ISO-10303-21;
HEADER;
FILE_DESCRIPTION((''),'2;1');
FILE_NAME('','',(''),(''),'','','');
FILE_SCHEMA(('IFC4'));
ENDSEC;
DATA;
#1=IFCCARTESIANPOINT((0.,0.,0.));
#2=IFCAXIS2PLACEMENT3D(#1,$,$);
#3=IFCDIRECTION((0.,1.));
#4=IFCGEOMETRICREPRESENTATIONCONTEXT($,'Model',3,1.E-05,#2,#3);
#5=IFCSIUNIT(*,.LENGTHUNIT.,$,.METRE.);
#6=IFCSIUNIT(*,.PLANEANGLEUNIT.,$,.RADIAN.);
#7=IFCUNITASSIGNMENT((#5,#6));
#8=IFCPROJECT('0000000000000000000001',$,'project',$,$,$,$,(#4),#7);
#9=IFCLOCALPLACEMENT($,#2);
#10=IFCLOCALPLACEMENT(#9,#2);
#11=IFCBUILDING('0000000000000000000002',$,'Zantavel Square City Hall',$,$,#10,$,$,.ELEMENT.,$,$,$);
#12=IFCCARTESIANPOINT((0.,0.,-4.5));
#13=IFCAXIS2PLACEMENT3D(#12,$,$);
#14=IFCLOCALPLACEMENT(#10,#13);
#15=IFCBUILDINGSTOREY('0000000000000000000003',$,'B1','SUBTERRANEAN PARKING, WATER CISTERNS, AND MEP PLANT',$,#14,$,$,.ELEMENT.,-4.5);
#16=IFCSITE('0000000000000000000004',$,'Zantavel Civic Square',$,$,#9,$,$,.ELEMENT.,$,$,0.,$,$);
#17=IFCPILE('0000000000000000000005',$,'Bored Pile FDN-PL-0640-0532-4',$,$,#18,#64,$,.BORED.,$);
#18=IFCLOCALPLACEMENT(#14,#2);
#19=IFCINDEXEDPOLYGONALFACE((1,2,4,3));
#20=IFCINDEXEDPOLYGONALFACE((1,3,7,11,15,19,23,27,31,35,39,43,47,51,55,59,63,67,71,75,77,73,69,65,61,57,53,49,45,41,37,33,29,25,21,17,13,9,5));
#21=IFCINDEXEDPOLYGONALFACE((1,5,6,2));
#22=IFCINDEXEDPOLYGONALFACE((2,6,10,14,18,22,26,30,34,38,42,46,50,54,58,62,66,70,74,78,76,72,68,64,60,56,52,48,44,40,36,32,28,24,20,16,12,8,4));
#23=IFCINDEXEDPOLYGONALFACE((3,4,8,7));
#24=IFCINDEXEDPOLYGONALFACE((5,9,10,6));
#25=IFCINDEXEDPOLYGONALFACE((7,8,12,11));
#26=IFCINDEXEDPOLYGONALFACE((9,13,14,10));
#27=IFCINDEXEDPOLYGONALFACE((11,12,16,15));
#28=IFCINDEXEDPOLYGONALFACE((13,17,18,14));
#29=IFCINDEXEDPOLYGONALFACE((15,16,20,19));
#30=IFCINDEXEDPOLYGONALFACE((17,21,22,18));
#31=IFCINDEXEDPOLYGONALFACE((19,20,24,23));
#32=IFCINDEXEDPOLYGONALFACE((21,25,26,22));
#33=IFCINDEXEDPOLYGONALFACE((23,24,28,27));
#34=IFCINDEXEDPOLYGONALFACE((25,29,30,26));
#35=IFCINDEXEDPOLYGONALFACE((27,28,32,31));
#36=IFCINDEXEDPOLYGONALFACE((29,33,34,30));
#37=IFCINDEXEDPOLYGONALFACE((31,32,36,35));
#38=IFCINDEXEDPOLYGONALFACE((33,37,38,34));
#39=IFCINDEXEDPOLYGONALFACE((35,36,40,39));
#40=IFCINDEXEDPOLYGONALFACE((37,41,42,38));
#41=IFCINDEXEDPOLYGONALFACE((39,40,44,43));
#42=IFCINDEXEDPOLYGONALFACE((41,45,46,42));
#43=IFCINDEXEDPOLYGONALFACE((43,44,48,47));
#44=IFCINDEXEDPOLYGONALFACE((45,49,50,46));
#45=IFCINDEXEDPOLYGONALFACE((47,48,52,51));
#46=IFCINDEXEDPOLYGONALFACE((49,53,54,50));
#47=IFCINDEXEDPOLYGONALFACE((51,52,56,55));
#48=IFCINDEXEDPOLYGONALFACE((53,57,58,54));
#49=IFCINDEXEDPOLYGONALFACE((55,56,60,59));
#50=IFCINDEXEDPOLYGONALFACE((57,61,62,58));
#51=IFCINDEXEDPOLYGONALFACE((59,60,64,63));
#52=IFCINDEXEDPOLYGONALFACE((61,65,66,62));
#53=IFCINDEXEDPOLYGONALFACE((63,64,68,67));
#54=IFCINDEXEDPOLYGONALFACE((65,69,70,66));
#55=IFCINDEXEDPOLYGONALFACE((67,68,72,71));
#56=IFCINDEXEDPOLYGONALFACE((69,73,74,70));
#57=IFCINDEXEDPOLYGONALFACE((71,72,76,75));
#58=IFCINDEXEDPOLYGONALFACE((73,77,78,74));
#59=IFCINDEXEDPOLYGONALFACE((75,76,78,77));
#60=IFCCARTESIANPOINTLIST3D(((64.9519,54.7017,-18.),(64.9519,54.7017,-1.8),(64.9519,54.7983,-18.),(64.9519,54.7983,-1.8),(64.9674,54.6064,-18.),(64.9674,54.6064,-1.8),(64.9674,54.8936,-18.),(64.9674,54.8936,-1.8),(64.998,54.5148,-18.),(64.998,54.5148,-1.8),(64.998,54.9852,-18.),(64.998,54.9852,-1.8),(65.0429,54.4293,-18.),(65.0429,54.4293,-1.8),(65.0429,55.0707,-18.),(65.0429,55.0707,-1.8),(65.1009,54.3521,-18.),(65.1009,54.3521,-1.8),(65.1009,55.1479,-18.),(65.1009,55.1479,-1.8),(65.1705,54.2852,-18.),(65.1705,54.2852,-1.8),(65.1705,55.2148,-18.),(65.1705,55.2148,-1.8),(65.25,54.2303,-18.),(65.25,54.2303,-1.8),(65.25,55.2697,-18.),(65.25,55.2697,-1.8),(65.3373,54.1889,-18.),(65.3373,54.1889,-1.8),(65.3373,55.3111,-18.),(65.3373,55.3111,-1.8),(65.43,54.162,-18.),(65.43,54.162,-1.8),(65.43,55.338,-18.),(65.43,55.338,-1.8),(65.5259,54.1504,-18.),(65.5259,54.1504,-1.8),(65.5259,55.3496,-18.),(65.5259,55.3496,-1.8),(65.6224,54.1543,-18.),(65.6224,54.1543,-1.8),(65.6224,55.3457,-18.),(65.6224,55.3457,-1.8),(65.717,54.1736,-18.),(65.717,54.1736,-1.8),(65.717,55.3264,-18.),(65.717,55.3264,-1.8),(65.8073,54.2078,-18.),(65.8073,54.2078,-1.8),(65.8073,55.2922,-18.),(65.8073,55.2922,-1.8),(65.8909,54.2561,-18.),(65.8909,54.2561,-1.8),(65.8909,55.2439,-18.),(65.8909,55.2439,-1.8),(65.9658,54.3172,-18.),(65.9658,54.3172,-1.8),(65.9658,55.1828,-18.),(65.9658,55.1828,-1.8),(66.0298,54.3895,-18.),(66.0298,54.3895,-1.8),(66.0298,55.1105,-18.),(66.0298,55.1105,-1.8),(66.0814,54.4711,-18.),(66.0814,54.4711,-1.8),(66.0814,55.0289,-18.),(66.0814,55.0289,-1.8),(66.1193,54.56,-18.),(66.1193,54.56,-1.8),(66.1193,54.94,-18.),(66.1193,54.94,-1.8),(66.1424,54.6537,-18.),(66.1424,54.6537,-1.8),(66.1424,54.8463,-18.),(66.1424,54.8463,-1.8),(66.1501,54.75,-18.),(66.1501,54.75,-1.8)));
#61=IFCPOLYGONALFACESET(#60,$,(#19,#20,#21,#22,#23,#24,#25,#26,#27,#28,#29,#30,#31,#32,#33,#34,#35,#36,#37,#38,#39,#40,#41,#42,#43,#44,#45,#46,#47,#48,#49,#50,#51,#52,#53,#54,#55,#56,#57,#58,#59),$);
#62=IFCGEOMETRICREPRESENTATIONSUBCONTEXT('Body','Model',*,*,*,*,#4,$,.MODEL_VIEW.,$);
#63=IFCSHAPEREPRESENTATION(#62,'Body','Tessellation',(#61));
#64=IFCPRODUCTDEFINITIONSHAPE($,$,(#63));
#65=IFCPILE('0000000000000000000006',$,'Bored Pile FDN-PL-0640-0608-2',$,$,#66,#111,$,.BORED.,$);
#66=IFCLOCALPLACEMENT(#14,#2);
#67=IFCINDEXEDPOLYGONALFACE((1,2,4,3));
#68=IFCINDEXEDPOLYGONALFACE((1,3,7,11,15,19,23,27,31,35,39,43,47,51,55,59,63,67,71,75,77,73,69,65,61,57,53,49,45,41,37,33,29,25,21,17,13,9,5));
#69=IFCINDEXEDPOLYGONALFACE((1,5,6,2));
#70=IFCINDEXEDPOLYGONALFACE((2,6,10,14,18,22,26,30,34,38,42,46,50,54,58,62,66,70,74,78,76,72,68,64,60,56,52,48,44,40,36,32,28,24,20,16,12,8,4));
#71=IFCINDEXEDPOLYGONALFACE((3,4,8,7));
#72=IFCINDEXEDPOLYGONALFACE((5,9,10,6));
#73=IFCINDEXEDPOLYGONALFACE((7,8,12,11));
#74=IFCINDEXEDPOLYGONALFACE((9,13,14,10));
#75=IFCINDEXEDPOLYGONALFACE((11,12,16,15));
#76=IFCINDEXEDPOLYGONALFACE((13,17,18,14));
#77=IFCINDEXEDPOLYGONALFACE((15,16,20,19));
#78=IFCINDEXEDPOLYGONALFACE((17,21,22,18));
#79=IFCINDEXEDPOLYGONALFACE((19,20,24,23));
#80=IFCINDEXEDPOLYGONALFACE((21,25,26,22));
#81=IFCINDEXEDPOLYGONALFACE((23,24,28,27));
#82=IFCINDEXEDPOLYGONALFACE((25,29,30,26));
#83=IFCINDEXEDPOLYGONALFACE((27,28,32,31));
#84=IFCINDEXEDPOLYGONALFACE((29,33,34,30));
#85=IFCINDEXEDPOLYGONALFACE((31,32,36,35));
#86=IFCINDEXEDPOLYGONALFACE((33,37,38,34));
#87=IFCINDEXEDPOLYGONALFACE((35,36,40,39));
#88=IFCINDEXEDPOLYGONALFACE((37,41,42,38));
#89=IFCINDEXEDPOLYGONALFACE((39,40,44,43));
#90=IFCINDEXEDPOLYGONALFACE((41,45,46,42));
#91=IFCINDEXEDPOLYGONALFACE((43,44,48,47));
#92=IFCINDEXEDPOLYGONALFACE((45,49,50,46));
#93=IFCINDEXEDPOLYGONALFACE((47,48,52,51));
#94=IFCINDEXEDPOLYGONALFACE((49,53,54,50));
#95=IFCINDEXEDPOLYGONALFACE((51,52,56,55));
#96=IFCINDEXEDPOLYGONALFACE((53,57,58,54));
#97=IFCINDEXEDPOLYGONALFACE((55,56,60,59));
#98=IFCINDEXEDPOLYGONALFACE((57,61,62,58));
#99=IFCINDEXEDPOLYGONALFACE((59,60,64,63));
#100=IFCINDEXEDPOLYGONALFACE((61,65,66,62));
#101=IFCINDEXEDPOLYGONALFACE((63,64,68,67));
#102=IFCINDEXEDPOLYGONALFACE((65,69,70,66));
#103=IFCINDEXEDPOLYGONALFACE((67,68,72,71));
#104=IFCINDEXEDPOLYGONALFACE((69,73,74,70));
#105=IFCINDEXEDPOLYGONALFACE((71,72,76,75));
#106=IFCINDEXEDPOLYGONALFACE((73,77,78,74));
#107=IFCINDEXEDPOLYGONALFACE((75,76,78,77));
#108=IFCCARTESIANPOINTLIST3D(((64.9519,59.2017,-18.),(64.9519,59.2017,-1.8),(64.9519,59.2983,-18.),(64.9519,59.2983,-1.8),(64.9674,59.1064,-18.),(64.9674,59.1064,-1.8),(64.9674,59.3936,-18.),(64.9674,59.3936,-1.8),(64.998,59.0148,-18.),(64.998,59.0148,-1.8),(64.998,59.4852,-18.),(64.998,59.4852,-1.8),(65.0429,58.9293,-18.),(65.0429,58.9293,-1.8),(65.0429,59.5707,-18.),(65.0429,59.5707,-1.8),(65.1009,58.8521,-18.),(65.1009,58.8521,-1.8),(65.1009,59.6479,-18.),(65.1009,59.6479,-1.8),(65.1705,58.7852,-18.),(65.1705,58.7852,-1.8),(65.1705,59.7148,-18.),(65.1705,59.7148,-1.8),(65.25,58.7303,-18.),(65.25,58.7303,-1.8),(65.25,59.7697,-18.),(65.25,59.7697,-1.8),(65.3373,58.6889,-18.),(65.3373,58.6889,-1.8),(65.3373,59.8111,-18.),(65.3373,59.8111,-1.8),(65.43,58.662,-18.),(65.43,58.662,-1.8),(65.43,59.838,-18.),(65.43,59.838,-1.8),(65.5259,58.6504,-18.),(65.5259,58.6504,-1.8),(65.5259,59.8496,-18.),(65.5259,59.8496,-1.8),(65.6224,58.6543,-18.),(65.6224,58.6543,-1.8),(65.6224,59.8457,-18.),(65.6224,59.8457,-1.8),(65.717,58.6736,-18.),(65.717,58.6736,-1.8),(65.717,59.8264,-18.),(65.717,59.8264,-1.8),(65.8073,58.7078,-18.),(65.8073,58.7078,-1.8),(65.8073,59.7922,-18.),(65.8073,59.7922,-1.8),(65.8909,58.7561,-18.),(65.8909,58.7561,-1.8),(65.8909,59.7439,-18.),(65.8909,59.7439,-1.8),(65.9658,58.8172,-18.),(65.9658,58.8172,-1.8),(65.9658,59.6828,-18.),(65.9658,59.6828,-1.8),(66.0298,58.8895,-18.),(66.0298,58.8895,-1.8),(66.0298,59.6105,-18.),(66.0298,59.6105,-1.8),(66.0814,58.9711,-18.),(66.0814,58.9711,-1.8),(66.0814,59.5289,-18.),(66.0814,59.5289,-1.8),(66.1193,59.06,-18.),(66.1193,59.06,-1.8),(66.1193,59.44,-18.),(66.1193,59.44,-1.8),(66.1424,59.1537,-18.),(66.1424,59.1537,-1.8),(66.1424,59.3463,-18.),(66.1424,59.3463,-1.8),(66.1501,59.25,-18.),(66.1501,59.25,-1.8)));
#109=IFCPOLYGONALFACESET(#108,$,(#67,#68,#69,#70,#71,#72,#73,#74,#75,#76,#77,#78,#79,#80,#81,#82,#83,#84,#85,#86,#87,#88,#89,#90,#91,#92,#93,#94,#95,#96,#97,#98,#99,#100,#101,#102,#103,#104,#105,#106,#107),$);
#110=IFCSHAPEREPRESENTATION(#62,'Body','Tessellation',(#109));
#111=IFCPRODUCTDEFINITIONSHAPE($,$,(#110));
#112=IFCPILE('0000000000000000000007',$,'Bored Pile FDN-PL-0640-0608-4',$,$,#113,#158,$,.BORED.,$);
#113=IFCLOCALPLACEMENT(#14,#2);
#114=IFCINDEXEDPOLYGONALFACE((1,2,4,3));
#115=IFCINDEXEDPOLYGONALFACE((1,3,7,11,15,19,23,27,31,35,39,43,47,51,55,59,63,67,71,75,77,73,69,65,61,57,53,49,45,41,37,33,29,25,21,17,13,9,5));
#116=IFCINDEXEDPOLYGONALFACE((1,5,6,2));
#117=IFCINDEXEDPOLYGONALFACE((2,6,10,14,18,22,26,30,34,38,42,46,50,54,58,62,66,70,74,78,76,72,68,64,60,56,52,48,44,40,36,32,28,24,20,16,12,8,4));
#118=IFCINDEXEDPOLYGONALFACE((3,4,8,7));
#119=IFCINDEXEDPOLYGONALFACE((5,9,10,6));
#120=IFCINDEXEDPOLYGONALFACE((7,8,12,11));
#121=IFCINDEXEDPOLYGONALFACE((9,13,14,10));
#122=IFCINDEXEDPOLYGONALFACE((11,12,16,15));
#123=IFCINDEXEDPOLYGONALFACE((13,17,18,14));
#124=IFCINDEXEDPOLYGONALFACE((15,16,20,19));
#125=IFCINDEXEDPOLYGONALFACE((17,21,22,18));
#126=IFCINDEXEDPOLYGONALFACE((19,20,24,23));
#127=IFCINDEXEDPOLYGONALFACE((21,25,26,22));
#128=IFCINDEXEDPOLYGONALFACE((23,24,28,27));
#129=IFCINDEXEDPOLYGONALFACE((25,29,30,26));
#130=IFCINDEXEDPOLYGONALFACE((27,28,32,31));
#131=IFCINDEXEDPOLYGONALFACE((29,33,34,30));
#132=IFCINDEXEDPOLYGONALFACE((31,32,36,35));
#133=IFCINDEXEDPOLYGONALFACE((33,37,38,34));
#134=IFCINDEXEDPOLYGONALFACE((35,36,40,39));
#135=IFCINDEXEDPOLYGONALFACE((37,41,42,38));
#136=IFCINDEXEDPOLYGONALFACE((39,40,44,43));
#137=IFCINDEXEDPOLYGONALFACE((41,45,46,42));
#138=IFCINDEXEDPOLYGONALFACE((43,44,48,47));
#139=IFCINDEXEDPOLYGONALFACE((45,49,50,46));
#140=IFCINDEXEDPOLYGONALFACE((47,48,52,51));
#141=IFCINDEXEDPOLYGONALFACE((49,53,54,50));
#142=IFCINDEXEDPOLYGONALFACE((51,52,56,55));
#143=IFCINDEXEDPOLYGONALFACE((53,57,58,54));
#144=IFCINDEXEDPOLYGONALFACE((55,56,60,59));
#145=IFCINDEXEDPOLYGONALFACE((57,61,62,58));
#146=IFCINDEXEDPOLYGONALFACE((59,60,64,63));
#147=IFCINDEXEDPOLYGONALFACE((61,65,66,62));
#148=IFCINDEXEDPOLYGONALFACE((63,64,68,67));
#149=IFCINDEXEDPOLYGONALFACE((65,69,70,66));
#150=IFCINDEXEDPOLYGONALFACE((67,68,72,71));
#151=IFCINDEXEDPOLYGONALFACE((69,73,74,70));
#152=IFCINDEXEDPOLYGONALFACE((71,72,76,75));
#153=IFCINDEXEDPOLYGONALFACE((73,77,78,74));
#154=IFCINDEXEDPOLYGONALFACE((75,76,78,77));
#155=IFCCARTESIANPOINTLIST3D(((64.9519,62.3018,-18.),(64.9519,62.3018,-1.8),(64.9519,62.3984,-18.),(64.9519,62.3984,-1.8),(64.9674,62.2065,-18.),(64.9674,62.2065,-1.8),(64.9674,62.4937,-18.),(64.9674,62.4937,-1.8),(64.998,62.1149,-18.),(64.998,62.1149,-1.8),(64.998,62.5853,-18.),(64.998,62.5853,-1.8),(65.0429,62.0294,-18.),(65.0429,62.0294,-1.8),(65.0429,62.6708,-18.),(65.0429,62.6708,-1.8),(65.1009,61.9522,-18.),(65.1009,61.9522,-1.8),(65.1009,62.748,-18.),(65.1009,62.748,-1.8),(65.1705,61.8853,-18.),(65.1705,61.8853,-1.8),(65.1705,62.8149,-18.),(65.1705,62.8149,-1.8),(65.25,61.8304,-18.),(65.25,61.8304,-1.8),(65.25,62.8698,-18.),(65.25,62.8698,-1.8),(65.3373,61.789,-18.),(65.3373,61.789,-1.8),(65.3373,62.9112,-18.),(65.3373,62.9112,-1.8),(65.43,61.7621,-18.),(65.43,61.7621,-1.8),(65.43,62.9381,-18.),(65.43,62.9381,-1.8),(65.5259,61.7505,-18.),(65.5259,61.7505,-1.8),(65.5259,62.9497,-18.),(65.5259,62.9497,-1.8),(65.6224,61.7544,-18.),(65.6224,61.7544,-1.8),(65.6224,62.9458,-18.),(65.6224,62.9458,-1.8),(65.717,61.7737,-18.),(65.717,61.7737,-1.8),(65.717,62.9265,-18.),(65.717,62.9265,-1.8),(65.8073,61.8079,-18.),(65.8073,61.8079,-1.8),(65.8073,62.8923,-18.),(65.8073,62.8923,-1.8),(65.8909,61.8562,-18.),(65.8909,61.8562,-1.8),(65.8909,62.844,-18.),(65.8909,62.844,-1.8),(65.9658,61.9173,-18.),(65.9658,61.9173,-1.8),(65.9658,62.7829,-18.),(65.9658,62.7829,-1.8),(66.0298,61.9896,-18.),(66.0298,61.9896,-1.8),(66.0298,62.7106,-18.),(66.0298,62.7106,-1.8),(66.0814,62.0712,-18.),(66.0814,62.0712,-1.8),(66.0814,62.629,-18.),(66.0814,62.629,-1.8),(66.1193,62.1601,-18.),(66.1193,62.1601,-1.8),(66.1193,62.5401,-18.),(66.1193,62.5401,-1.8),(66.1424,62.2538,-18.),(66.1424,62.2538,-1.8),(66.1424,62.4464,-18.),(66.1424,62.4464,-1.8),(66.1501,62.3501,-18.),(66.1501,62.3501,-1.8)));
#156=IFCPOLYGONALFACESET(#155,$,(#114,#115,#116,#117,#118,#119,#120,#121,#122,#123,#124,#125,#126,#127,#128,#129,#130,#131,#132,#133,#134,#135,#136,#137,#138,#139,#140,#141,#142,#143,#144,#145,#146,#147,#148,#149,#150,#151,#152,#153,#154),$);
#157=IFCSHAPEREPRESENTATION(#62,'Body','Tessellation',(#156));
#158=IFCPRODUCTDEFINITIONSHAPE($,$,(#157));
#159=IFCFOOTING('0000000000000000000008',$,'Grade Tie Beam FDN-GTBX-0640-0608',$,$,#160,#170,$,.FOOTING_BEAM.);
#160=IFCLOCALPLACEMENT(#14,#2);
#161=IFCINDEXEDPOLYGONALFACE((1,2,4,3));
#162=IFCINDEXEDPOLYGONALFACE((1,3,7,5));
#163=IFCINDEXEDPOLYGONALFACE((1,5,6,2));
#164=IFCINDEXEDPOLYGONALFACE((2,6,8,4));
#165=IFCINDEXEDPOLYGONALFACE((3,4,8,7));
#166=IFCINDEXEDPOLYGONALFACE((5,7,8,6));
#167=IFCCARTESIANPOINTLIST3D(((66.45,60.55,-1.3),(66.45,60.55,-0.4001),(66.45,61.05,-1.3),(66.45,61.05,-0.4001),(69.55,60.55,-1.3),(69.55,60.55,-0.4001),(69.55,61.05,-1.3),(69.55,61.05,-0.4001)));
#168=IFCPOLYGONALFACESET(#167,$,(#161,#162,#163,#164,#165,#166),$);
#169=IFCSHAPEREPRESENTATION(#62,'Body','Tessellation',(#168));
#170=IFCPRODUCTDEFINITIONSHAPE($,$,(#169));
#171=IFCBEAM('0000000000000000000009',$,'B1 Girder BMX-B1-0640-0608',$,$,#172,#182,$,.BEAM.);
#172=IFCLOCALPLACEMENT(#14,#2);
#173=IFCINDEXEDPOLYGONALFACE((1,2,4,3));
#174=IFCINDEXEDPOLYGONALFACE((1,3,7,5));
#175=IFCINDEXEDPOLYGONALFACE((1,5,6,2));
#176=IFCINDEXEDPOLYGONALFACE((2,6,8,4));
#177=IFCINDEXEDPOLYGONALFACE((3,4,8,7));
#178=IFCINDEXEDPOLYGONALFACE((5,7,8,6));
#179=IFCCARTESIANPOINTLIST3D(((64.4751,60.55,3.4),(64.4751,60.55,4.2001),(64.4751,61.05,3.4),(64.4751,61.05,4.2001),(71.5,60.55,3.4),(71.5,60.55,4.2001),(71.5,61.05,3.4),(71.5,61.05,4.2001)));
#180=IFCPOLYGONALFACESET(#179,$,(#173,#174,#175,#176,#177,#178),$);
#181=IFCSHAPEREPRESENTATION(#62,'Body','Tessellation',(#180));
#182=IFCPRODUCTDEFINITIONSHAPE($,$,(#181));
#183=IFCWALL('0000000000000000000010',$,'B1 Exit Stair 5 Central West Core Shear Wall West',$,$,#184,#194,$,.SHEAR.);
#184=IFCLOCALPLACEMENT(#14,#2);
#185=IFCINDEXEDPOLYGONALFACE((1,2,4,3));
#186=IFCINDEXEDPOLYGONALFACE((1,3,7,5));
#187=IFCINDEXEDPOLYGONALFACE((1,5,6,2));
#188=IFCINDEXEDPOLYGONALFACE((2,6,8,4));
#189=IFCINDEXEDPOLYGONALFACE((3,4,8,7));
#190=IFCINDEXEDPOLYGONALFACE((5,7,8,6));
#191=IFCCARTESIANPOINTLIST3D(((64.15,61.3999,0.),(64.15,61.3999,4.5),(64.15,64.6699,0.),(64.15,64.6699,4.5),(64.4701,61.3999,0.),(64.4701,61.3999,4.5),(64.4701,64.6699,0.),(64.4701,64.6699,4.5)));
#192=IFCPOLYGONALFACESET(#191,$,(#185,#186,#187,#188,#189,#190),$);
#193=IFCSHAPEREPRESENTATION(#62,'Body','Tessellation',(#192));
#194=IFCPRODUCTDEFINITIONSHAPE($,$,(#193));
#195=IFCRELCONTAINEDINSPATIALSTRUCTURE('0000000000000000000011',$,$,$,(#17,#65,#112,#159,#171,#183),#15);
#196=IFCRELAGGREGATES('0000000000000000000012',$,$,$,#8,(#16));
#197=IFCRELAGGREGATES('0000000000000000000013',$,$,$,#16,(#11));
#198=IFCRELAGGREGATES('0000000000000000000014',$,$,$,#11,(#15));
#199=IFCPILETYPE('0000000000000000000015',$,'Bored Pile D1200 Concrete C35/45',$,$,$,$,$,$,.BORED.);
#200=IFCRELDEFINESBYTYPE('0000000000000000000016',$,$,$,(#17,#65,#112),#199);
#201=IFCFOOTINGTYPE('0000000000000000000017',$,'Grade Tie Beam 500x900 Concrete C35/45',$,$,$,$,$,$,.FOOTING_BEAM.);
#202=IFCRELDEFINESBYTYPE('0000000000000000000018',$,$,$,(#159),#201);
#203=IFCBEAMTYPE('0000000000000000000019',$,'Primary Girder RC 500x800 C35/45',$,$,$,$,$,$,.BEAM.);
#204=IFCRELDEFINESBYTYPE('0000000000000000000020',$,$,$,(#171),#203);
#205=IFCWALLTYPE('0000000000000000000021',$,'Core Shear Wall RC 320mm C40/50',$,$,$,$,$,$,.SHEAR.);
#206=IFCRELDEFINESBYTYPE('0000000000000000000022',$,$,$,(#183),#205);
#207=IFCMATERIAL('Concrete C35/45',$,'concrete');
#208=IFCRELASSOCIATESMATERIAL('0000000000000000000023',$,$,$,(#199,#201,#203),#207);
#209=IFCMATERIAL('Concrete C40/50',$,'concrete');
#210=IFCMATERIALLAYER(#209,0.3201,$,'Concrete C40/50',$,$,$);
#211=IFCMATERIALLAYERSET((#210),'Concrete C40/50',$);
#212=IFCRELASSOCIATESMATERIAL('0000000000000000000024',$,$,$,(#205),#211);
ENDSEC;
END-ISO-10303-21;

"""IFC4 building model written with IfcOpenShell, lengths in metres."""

from ifc_helpers import new_model, si_unit, direction, frame, frame_2d, origin, origin_2d, place, context, subcontext, project, spatial, rectangle, circle, extrude, material, layer, layer_set, material_profile, profile_set, type_object, element, save


model = new_model("IFC4")

# Units and contexts
model_context = context("Model", 3, precision=1e-05, world=origin(), true_north=direction((0.0, 1.0)))
body_context = subcontext(model_context, "Body", "Model", "MODEL_VIEW")
ifc_project = project(units=[si_unit("LENGTHUNIT", "METRE"), si_unit("PLANEANGLEUNIT", "RADIAN")], contexts=[model_context])

# Site, building, storey
site_placement = place(None, origin())
site = spatial("IfcSite", under=ifc_project, at=site_placement, Name="Zantavel Civic Square", CompositionType="ELEMENT", RefElevation=0.0)
building_placement = place(site_placement, origin())
building = spatial("IfcBuilding", under=site, at=building_placement, Name="Zantavel Square City Hall", CompositionType="ELEMENT")
storey_placement = place(building_placement, frame((0.0, 0.0, -4.5)))
storey = spatial("IfcBuildingStorey", under=building, at=storey_placement, Name="B1", Description="SUBTERRANEAN PARKING, WATER CISTERNS, AND MEP PLANT", CompositionType="ELEMENT", Elevation=-4.5)

# Piles
ifc_material_1 = material(Name="Concrete C35/45", Category="concrete")
ifc_material_profile_1 = material_profile(ifc_material_1, circle(Radius=0.6001, at=origin_2d()), Name="PILE D1200")
ifc_profile_set_1 = profile_set([ifc_material_profile_1], Name="Concrete C35/45")
pile_type = type_object("IfcPileType", Name="Bored Pile D1200 Concrete C35/45", PredefinedType="BORED", material=ifc_profile_set_1)
for number, where, z_axis, x_axis, name in (
    (1, (65.55, 54.75, -1.8), (0.0, 0.0, -1.0), (1.0, 0.0, 0.0), "Bored Pile FDN-PL-0640-0532-4"),
    (2, (65.55, 59.25, -1.8), (0.0, 0.0, -1.0), (1.0, 0.0, 0.0), "Bored Pile FDN-PL-0640-0608-2"),
    (3, (65.55, 62.3501, -1.8), (0.0, 0.0, -1.0), (1.0, 0.0, 0.0), "Bored Pile FDN-PL-0640-0608-4"),
):
    element("IfcPile", number, at=place(storey_placement, frame(where, z_axis=z_axis, x_axis=x_axis)), inside=storey, type_object=pile_type, Name=name, PredefinedType="BORED", context=body_context, shape_type="SweptSolid", body=[
        extrude(circle(Radius=0.6001, at=origin_2d()), origin(), (0.0, 0.0, 1.0), 16.2),
    ])

# Footing
ifc_material_profile_2 = material_profile(ifc_material_1, rectangle(XDim=0.5, YDim=0.8999, at=origin_2d()), Name="RC 500x900")
ifc_profile_set_2 = profile_set([ifc_material_profile_2], Name="Concrete C35/45")
footing_type = type_object("IfcFootingType", Name="Grade Tie Beam 500x900 Concrete C35/45", PredefinedType="FOOTING_BEAM", material=ifc_profile_set_2)
footing_placement = place(storey_placement, frame((66.45, 60.8, -0.8501), z_axis=(1.0, 0.0, 0.0), x_axis=(0.0, 1.0, 0.0)))
element("IfcFooting", 4, at=footing_placement, inside=storey, type_object=footing_type, Name="Grade Tie Beam FDN-GTBX-0640-0608", PredefinedType="FOOTING_BEAM", context=body_context, shape_type="SweptSolid", body=[
    extrude(rectangle(XDim=0.5, YDim=0.8999, at=origin_2d()), origin(), (0.0, 0.0, 1.0), 3.1001),
])

# Beam
ifc_material_profile_3 = material_profile(ifc_material_1, rectangle(XDim=0.5, YDim=0.8, at=origin_2d()), Name="RC 500x800")
ifc_profile_set_3 = profile_set([ifc_material_profile_3], Name="Concrete C35/45")
beam_type = type_object("IfcBeamType", Name="Primary Girder RC 500x800 C35/45", PredefinedType="BEAM", material=ifc_profile_set_3)
beam_placement = place(storey_placement, frame((64.4751, 60.8, 3.8), z_axis=(1.0, 0.0, 0.0), x_axis=(0.0, 1.0, 0.0)))
element("IfcBeam", 5, at=beam_placement, inside=storey, type_object=beam_type, Name="B1 Girder BMX-B1-0640-0608", PredefinedType="BEAM", context=body_context, shape_type="SweptSolid", body=[
    extrude(rectangle(XDim=0.5, YDim=0.8, at=origin_2d()), origin(), (0.0, 0.0, 1.0), 7.0249),
])

# Wall
ifc_material_2 = material(Name="Concrete C40/50", Category="concrete")
ifc_layer_1 = layer(ifc_material_2, 0.3201, Name="Concrete C40/50")
ifc_layer_set_1 = layer_set([ifc_layer_1], Name="Concrete C40/50")
wall_type_1 = type_object("IfcWallType", Name="Core Shear Wall RC 320mm C40/50", PredefinedType="SHEAR", material=ifc_layer_set_1)
wall_1_placement = place(storey_placement, frame((64.3101, 61.3999, 0.0), z_axis=(0.0, 0.0, 1.0), x_axis=(0.0, 1.0, 0.0)))
element("IfcWall", 6, at=wall_1_placement, inside=storey, type_object=wall_type_1, Name="B1 Exit Stair 5 Central West Core Shear Wall West", PredefinedType="SHEAR", context=body_context, shape_type="SweptSolid", body=[
    extrude(rectangle(XDim=3.27, YDim=0.3201, at=frame_2d((1.635, 0.0))), origin(), (0.0, 0.0, 1.0), 4.5),
])

save(model, "model.ifc")
